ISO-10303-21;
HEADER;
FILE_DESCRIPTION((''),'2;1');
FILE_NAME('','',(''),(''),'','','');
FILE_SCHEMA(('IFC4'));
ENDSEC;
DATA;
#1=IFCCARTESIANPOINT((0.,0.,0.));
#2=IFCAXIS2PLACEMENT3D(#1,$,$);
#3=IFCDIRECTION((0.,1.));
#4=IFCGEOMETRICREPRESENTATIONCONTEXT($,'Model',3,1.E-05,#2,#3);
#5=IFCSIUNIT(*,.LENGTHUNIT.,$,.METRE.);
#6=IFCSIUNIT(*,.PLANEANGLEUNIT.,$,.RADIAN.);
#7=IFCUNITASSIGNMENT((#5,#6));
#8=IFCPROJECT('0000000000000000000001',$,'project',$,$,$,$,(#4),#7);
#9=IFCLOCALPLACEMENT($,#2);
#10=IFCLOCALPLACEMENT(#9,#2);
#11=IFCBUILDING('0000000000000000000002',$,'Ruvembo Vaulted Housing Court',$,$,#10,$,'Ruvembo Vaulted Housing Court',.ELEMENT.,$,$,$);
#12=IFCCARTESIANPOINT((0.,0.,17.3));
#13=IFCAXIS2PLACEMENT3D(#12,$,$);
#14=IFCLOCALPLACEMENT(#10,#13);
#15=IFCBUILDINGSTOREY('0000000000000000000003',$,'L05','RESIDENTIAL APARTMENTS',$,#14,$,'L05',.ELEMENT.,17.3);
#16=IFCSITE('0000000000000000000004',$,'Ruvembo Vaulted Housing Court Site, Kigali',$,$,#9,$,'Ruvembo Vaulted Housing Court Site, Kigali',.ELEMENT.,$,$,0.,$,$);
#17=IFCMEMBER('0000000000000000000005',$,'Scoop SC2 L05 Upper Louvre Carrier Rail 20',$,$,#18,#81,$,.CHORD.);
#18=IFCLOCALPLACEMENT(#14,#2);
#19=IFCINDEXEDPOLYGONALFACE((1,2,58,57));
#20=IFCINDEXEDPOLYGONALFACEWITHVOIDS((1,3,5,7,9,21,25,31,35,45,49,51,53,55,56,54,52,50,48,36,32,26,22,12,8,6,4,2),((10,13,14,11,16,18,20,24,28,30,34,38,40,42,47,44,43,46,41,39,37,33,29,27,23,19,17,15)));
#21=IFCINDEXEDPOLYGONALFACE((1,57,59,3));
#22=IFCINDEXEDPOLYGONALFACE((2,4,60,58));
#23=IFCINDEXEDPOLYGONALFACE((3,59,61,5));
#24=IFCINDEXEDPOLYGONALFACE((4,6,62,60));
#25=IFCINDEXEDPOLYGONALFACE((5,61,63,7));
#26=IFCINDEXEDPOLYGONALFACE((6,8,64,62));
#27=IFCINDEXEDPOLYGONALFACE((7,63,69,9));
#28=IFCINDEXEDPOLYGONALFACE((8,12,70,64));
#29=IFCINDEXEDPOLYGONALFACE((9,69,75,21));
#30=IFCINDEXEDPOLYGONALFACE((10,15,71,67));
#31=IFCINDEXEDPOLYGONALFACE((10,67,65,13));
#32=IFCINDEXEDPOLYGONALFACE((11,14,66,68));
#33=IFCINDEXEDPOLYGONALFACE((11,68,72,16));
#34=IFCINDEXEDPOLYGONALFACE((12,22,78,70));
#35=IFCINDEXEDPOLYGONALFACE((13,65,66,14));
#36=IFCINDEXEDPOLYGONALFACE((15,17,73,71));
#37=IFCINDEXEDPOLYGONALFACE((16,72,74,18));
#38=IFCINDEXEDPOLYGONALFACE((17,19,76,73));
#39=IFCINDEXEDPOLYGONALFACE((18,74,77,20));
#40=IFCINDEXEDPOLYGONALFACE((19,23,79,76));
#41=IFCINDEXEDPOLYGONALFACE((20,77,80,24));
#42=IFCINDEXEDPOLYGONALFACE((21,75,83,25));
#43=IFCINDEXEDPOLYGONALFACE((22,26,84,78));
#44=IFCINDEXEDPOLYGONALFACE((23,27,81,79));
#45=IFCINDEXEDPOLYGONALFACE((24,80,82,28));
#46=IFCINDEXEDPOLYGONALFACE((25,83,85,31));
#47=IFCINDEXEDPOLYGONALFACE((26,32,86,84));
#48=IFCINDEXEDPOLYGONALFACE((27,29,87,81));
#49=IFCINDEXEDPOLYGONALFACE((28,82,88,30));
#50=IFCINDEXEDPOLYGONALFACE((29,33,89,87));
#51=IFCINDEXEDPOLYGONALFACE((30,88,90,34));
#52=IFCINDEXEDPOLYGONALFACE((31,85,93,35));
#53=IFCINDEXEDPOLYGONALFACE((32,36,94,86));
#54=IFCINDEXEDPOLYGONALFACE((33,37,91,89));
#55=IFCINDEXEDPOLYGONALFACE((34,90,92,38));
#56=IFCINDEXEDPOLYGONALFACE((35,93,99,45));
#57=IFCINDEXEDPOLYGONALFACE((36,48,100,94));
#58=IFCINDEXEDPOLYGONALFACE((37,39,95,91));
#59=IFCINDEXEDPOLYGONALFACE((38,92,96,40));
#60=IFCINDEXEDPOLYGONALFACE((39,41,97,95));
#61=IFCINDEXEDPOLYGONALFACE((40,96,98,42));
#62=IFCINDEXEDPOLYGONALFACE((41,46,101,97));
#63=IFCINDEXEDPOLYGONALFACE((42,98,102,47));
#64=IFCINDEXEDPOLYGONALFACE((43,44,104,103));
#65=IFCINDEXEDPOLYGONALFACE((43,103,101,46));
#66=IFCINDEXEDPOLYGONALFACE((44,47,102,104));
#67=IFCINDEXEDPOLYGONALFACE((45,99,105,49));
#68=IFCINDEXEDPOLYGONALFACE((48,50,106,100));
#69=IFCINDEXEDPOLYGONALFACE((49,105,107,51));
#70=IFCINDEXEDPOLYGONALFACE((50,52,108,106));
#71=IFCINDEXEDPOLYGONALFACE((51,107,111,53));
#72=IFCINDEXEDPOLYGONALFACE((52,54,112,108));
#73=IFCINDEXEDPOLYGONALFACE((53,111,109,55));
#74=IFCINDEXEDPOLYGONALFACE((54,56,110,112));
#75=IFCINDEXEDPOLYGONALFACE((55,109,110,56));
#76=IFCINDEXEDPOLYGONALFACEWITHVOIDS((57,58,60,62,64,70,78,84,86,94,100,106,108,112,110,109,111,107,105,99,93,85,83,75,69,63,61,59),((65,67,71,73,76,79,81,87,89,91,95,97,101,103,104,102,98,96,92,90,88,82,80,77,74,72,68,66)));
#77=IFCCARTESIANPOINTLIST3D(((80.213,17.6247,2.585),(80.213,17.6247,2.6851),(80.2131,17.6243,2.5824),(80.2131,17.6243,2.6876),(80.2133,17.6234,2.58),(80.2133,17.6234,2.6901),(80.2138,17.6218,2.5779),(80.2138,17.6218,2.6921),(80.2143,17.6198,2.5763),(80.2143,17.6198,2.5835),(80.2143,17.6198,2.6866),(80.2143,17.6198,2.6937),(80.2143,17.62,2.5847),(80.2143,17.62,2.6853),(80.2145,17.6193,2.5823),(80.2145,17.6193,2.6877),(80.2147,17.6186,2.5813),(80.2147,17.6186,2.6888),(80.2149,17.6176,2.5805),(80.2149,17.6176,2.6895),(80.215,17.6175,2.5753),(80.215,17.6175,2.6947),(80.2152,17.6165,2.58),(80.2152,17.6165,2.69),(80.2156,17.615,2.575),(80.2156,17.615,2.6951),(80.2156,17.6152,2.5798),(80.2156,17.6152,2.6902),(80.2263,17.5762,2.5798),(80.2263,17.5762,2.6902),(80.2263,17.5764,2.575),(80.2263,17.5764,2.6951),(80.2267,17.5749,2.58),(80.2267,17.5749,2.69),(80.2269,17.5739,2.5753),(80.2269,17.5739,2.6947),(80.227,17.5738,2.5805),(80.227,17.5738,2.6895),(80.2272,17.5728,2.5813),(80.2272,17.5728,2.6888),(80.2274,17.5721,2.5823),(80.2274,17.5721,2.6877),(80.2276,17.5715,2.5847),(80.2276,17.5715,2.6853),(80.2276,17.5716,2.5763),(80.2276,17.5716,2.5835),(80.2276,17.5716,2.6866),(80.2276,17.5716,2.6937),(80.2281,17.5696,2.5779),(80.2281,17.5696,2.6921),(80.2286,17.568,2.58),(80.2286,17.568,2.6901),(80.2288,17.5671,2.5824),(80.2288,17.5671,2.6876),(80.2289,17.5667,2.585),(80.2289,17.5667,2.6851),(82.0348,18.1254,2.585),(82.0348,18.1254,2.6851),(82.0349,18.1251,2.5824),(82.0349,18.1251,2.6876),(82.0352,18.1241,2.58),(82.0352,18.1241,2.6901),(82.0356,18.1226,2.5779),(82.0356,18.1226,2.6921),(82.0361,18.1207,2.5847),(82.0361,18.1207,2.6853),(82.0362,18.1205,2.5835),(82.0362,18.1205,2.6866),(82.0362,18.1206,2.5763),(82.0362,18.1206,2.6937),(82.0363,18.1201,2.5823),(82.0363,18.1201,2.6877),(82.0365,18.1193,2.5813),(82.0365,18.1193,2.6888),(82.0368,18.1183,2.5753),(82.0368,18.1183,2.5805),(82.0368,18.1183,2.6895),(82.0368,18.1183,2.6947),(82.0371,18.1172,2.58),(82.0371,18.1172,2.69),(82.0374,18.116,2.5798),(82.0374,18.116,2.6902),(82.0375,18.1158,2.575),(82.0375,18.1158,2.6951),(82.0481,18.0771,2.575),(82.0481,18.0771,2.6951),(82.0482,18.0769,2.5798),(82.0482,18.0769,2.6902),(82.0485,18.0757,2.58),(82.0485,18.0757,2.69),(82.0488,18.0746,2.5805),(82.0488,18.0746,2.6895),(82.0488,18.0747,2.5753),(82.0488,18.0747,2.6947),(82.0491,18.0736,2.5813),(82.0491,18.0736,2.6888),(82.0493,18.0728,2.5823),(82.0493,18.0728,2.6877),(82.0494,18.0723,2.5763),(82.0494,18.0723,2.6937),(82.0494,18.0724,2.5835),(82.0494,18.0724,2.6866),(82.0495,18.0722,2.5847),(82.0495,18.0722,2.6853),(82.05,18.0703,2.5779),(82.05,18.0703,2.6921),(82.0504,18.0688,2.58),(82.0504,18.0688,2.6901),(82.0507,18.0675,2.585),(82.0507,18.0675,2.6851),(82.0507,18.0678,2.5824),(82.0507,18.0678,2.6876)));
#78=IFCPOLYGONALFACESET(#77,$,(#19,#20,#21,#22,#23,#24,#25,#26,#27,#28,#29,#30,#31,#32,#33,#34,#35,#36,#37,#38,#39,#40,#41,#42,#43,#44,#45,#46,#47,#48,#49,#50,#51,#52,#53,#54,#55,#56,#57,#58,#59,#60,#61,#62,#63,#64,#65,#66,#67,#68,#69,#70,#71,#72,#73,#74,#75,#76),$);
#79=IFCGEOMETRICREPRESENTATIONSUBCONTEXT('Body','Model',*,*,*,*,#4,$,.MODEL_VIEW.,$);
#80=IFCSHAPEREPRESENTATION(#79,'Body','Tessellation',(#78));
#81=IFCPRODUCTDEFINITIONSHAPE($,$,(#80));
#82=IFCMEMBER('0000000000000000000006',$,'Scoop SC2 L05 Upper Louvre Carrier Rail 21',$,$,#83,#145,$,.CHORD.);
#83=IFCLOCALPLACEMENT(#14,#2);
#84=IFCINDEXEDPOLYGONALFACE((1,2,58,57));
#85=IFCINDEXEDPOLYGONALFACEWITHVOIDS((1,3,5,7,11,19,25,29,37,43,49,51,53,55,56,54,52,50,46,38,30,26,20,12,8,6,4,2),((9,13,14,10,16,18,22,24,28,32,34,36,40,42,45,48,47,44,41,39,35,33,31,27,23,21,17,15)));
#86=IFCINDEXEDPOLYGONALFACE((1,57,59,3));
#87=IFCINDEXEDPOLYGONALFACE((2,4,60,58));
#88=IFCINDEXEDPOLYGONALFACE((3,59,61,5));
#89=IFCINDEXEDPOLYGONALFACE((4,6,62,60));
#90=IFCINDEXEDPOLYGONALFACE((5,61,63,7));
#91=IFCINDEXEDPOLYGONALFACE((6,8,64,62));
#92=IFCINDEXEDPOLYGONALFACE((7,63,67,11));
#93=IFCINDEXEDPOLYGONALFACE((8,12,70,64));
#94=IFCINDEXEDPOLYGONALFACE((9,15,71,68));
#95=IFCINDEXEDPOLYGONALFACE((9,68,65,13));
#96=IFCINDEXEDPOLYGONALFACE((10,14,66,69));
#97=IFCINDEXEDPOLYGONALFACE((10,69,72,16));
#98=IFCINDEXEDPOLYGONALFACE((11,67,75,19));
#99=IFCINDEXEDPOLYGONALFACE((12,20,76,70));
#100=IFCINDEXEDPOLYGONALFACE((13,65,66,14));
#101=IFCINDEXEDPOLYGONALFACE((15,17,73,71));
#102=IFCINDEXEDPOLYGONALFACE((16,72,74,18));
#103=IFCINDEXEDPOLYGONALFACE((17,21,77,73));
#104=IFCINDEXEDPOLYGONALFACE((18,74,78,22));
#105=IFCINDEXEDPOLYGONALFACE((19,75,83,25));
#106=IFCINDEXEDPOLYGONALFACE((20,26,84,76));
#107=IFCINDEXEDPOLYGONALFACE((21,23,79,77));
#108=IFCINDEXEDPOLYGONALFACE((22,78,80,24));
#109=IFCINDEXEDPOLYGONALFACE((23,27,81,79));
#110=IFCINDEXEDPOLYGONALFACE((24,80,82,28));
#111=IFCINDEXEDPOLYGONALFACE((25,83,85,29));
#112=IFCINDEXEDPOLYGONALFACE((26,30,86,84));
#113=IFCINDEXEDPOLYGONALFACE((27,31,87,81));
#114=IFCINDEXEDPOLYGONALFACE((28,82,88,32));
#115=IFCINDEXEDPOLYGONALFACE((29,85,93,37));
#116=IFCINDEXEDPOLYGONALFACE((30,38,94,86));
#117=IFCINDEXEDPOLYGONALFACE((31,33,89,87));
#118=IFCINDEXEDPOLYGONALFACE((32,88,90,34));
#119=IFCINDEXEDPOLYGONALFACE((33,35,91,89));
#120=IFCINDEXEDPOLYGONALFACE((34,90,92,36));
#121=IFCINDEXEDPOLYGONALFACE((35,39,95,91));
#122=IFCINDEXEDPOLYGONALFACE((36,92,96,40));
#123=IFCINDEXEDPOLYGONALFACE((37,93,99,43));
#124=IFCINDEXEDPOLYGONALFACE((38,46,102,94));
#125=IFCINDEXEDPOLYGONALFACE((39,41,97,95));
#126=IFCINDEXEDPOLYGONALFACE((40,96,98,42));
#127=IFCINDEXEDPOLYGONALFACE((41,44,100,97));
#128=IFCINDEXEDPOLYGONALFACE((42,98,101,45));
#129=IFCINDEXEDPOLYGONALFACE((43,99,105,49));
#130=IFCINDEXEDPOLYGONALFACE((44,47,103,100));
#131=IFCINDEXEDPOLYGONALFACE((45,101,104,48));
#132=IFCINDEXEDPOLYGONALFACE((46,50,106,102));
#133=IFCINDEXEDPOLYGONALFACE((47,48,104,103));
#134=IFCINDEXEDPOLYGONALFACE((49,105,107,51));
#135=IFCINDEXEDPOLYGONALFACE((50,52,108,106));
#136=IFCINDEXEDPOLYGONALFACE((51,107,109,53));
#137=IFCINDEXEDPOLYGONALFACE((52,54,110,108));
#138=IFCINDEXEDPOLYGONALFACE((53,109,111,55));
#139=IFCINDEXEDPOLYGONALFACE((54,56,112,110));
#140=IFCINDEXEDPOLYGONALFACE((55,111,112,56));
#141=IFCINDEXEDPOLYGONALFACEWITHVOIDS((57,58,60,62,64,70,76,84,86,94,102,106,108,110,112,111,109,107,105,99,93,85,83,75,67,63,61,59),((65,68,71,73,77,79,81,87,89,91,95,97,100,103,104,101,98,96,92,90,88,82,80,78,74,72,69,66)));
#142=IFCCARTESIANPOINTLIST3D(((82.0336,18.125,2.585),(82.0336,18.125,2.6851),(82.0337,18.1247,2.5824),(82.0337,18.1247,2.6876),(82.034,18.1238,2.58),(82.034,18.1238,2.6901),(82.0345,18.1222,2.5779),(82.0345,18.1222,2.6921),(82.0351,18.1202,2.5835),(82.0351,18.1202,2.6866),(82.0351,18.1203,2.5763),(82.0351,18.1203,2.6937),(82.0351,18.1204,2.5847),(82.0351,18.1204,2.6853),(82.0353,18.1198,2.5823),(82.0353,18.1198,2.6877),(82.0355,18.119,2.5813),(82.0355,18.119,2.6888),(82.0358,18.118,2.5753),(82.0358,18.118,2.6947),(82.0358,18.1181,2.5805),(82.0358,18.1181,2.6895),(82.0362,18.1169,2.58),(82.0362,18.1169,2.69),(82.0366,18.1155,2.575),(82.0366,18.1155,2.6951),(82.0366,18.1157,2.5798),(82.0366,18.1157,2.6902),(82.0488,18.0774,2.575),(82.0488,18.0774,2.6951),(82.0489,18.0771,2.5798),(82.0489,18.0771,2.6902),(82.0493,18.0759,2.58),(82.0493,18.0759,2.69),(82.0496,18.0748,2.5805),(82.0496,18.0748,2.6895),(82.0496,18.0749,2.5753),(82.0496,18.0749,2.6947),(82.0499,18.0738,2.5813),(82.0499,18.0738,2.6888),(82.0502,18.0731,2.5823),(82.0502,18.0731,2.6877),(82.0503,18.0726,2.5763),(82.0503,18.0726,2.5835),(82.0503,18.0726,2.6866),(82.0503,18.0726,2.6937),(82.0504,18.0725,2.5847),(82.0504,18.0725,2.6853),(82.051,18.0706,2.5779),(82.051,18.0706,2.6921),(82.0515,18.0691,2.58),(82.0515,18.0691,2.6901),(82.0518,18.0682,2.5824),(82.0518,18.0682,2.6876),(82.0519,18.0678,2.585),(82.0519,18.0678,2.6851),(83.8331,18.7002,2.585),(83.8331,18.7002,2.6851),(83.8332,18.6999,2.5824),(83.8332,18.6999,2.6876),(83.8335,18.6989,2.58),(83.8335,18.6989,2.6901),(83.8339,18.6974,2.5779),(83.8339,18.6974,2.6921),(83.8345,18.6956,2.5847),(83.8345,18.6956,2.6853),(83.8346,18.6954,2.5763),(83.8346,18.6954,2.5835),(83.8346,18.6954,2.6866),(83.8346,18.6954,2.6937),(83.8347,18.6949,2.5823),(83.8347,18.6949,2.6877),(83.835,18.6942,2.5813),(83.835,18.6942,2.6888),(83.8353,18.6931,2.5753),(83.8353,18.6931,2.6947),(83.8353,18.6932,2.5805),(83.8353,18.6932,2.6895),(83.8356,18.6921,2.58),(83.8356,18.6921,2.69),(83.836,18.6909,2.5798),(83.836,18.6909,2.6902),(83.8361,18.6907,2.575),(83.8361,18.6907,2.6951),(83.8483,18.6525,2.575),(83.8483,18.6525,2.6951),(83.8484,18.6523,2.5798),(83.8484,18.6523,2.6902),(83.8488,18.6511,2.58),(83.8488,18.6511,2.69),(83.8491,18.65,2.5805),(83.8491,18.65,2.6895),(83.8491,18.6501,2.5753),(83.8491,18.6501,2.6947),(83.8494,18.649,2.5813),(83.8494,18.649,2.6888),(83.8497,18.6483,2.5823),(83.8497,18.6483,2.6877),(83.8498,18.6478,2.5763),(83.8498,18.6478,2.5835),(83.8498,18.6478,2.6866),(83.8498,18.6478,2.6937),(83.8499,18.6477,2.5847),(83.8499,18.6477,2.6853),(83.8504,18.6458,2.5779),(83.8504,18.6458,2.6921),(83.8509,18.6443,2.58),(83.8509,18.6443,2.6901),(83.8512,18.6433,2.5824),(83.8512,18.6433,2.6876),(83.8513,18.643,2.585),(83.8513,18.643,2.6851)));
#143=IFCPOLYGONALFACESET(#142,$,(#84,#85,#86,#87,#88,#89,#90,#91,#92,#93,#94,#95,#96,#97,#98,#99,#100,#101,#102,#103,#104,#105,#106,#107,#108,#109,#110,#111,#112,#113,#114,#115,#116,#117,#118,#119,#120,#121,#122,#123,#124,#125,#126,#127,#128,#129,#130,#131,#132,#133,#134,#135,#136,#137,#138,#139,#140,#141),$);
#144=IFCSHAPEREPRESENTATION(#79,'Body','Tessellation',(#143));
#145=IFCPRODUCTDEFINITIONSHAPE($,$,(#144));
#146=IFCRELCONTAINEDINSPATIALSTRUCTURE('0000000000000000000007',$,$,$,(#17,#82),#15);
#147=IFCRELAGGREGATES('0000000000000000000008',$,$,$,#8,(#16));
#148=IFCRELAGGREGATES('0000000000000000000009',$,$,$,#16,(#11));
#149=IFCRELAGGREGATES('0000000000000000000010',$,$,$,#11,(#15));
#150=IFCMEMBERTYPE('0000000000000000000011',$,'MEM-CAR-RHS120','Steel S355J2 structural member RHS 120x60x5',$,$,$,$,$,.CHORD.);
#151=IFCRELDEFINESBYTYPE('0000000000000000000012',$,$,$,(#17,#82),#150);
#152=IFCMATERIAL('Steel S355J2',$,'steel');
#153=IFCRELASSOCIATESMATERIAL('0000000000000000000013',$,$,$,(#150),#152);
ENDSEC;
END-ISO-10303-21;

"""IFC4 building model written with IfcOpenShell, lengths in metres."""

from ifc_helpers import new_model, si_unit, direction, frame, origin, origin_2d, place, context, subcontext, project, spatial, hollow_rectangle, extrude, material, material_profile, profile_set, type_object, element, save


model = new_model("IFC4")

# Units and contexts
model_context = context("Model", 3, precision=1e-05, world=origin(), true_north=direction((0.0, 1.0)))
body_context = subcontext(model_context, "Body", "Model", "MODEL_VIEW")
ifc_project = project(units=[si_unit("LENGTHUNIT", "METRE"), si_unit("PLANEANGLEUNIT", "RADIAN")], contexts=[model_context])

# Site, building, storey
site_placement = place(None, origin())
site = spatial("IfcSite", under=ifc_project, at=site_placement, Name="Ruvembo Vaulted Housing Court Site, Kigali", LongName="Ruvembo Vaulted Housing Court Site, Kigali", CompositionType="ELEMENT", RefElevation=0.0)
building_placement = place(site_placement, origin())
building = spatial("IfcBuilding", under=site, at=building_placement, Name="Ruvembo Vaulted Housing Court", LongName="Ruvembo Vaulted Housing Court", CompositionType="ELEMENT")
storey_placement = place(building_placement, frame((0.0, 0.0, 17.3)))
storey = spatial("IfcBuildingStorey", under=building, at=storey_placement, Name="L05", Description="RESIDENTIAL APARTMENTS", LongName="L05", CompositionType="ELEMENT", Elevation=17.3)

# Shared definitions
ifc_material_1 = material(Name="Steel S355J2", Category="steel")

# Members
ifc_material_profile_1 = material_profile(ifc_material_1, hollow_rectangle(XDim=0.0601, YDim=0.1201, WallThickness=0.0049, InnerFilletRadius=0.0049, OuterFilletRadius=0.01, at=origin_2d()), Name="RHS 120x60x5")
ifc_profile_set_1 = profile_set([ifc_material_profile_1], Name="Steel S355J2")
member_type_1 = type_object("IfcMemberType", Name="MEM-CAR-RHS120", Description="Steel S355J2 structural member RHS 120x60x5", PredefinedType="CHORD", material=ifc_profile_set_1)
member_1_placement = place(storey_placement, frame((80.2209, 17.5957, 2.635), z_axis=(0.96424, 0.26503, 0.0), x_axis=(-0.26503, 0.96424, 0.0)))
element("IfcMember", 1, at=member_1_placement, inside=storey, type_object=member_type_1, Name="Scoop SC2 L05 Upper Louvre Carrier Rail 20", PredefinedType="CHORD", context=body_context, shape_type="SweptSolid", body=[
    extrude(hollow_rectangle(XDim=0.0601, YDim=0.1201, WallThickness=0.0049, InnerFilletRadius=0.0049, OuterFilletRadius=0.01, at=origin_2d()), origin(), (0.0, 0.0, 1.0), 1.8894),
])
member_2_placement = place(storey_placement, frame((82.0427, 18.0964, 2.635), z_axis=(0.952526, 0.304457, 0.0), x_axis=(-0.304457, 0.952526, 0.0)))
element("IfcMember", 2, at=member_2_placement, inside=storey, type_object=member_type_1, Name="Scoop SC2 L05 Upper Louvre Carrier Rail 21", PredefinedType="CHORD", context=body_context, shape_type="SweptSolid", body=[
    extrude(hollow_rectangle(XDim=0.0601, YDim=0.1201, WallThickness=0.0049, InnerFilletRadius=0.0049, OuterFilletRadius=0.01, at=origin_2d()), origin(), (0.0, 0.0, 1.0), 1.8892),
])

save(model, "model.ifc")
